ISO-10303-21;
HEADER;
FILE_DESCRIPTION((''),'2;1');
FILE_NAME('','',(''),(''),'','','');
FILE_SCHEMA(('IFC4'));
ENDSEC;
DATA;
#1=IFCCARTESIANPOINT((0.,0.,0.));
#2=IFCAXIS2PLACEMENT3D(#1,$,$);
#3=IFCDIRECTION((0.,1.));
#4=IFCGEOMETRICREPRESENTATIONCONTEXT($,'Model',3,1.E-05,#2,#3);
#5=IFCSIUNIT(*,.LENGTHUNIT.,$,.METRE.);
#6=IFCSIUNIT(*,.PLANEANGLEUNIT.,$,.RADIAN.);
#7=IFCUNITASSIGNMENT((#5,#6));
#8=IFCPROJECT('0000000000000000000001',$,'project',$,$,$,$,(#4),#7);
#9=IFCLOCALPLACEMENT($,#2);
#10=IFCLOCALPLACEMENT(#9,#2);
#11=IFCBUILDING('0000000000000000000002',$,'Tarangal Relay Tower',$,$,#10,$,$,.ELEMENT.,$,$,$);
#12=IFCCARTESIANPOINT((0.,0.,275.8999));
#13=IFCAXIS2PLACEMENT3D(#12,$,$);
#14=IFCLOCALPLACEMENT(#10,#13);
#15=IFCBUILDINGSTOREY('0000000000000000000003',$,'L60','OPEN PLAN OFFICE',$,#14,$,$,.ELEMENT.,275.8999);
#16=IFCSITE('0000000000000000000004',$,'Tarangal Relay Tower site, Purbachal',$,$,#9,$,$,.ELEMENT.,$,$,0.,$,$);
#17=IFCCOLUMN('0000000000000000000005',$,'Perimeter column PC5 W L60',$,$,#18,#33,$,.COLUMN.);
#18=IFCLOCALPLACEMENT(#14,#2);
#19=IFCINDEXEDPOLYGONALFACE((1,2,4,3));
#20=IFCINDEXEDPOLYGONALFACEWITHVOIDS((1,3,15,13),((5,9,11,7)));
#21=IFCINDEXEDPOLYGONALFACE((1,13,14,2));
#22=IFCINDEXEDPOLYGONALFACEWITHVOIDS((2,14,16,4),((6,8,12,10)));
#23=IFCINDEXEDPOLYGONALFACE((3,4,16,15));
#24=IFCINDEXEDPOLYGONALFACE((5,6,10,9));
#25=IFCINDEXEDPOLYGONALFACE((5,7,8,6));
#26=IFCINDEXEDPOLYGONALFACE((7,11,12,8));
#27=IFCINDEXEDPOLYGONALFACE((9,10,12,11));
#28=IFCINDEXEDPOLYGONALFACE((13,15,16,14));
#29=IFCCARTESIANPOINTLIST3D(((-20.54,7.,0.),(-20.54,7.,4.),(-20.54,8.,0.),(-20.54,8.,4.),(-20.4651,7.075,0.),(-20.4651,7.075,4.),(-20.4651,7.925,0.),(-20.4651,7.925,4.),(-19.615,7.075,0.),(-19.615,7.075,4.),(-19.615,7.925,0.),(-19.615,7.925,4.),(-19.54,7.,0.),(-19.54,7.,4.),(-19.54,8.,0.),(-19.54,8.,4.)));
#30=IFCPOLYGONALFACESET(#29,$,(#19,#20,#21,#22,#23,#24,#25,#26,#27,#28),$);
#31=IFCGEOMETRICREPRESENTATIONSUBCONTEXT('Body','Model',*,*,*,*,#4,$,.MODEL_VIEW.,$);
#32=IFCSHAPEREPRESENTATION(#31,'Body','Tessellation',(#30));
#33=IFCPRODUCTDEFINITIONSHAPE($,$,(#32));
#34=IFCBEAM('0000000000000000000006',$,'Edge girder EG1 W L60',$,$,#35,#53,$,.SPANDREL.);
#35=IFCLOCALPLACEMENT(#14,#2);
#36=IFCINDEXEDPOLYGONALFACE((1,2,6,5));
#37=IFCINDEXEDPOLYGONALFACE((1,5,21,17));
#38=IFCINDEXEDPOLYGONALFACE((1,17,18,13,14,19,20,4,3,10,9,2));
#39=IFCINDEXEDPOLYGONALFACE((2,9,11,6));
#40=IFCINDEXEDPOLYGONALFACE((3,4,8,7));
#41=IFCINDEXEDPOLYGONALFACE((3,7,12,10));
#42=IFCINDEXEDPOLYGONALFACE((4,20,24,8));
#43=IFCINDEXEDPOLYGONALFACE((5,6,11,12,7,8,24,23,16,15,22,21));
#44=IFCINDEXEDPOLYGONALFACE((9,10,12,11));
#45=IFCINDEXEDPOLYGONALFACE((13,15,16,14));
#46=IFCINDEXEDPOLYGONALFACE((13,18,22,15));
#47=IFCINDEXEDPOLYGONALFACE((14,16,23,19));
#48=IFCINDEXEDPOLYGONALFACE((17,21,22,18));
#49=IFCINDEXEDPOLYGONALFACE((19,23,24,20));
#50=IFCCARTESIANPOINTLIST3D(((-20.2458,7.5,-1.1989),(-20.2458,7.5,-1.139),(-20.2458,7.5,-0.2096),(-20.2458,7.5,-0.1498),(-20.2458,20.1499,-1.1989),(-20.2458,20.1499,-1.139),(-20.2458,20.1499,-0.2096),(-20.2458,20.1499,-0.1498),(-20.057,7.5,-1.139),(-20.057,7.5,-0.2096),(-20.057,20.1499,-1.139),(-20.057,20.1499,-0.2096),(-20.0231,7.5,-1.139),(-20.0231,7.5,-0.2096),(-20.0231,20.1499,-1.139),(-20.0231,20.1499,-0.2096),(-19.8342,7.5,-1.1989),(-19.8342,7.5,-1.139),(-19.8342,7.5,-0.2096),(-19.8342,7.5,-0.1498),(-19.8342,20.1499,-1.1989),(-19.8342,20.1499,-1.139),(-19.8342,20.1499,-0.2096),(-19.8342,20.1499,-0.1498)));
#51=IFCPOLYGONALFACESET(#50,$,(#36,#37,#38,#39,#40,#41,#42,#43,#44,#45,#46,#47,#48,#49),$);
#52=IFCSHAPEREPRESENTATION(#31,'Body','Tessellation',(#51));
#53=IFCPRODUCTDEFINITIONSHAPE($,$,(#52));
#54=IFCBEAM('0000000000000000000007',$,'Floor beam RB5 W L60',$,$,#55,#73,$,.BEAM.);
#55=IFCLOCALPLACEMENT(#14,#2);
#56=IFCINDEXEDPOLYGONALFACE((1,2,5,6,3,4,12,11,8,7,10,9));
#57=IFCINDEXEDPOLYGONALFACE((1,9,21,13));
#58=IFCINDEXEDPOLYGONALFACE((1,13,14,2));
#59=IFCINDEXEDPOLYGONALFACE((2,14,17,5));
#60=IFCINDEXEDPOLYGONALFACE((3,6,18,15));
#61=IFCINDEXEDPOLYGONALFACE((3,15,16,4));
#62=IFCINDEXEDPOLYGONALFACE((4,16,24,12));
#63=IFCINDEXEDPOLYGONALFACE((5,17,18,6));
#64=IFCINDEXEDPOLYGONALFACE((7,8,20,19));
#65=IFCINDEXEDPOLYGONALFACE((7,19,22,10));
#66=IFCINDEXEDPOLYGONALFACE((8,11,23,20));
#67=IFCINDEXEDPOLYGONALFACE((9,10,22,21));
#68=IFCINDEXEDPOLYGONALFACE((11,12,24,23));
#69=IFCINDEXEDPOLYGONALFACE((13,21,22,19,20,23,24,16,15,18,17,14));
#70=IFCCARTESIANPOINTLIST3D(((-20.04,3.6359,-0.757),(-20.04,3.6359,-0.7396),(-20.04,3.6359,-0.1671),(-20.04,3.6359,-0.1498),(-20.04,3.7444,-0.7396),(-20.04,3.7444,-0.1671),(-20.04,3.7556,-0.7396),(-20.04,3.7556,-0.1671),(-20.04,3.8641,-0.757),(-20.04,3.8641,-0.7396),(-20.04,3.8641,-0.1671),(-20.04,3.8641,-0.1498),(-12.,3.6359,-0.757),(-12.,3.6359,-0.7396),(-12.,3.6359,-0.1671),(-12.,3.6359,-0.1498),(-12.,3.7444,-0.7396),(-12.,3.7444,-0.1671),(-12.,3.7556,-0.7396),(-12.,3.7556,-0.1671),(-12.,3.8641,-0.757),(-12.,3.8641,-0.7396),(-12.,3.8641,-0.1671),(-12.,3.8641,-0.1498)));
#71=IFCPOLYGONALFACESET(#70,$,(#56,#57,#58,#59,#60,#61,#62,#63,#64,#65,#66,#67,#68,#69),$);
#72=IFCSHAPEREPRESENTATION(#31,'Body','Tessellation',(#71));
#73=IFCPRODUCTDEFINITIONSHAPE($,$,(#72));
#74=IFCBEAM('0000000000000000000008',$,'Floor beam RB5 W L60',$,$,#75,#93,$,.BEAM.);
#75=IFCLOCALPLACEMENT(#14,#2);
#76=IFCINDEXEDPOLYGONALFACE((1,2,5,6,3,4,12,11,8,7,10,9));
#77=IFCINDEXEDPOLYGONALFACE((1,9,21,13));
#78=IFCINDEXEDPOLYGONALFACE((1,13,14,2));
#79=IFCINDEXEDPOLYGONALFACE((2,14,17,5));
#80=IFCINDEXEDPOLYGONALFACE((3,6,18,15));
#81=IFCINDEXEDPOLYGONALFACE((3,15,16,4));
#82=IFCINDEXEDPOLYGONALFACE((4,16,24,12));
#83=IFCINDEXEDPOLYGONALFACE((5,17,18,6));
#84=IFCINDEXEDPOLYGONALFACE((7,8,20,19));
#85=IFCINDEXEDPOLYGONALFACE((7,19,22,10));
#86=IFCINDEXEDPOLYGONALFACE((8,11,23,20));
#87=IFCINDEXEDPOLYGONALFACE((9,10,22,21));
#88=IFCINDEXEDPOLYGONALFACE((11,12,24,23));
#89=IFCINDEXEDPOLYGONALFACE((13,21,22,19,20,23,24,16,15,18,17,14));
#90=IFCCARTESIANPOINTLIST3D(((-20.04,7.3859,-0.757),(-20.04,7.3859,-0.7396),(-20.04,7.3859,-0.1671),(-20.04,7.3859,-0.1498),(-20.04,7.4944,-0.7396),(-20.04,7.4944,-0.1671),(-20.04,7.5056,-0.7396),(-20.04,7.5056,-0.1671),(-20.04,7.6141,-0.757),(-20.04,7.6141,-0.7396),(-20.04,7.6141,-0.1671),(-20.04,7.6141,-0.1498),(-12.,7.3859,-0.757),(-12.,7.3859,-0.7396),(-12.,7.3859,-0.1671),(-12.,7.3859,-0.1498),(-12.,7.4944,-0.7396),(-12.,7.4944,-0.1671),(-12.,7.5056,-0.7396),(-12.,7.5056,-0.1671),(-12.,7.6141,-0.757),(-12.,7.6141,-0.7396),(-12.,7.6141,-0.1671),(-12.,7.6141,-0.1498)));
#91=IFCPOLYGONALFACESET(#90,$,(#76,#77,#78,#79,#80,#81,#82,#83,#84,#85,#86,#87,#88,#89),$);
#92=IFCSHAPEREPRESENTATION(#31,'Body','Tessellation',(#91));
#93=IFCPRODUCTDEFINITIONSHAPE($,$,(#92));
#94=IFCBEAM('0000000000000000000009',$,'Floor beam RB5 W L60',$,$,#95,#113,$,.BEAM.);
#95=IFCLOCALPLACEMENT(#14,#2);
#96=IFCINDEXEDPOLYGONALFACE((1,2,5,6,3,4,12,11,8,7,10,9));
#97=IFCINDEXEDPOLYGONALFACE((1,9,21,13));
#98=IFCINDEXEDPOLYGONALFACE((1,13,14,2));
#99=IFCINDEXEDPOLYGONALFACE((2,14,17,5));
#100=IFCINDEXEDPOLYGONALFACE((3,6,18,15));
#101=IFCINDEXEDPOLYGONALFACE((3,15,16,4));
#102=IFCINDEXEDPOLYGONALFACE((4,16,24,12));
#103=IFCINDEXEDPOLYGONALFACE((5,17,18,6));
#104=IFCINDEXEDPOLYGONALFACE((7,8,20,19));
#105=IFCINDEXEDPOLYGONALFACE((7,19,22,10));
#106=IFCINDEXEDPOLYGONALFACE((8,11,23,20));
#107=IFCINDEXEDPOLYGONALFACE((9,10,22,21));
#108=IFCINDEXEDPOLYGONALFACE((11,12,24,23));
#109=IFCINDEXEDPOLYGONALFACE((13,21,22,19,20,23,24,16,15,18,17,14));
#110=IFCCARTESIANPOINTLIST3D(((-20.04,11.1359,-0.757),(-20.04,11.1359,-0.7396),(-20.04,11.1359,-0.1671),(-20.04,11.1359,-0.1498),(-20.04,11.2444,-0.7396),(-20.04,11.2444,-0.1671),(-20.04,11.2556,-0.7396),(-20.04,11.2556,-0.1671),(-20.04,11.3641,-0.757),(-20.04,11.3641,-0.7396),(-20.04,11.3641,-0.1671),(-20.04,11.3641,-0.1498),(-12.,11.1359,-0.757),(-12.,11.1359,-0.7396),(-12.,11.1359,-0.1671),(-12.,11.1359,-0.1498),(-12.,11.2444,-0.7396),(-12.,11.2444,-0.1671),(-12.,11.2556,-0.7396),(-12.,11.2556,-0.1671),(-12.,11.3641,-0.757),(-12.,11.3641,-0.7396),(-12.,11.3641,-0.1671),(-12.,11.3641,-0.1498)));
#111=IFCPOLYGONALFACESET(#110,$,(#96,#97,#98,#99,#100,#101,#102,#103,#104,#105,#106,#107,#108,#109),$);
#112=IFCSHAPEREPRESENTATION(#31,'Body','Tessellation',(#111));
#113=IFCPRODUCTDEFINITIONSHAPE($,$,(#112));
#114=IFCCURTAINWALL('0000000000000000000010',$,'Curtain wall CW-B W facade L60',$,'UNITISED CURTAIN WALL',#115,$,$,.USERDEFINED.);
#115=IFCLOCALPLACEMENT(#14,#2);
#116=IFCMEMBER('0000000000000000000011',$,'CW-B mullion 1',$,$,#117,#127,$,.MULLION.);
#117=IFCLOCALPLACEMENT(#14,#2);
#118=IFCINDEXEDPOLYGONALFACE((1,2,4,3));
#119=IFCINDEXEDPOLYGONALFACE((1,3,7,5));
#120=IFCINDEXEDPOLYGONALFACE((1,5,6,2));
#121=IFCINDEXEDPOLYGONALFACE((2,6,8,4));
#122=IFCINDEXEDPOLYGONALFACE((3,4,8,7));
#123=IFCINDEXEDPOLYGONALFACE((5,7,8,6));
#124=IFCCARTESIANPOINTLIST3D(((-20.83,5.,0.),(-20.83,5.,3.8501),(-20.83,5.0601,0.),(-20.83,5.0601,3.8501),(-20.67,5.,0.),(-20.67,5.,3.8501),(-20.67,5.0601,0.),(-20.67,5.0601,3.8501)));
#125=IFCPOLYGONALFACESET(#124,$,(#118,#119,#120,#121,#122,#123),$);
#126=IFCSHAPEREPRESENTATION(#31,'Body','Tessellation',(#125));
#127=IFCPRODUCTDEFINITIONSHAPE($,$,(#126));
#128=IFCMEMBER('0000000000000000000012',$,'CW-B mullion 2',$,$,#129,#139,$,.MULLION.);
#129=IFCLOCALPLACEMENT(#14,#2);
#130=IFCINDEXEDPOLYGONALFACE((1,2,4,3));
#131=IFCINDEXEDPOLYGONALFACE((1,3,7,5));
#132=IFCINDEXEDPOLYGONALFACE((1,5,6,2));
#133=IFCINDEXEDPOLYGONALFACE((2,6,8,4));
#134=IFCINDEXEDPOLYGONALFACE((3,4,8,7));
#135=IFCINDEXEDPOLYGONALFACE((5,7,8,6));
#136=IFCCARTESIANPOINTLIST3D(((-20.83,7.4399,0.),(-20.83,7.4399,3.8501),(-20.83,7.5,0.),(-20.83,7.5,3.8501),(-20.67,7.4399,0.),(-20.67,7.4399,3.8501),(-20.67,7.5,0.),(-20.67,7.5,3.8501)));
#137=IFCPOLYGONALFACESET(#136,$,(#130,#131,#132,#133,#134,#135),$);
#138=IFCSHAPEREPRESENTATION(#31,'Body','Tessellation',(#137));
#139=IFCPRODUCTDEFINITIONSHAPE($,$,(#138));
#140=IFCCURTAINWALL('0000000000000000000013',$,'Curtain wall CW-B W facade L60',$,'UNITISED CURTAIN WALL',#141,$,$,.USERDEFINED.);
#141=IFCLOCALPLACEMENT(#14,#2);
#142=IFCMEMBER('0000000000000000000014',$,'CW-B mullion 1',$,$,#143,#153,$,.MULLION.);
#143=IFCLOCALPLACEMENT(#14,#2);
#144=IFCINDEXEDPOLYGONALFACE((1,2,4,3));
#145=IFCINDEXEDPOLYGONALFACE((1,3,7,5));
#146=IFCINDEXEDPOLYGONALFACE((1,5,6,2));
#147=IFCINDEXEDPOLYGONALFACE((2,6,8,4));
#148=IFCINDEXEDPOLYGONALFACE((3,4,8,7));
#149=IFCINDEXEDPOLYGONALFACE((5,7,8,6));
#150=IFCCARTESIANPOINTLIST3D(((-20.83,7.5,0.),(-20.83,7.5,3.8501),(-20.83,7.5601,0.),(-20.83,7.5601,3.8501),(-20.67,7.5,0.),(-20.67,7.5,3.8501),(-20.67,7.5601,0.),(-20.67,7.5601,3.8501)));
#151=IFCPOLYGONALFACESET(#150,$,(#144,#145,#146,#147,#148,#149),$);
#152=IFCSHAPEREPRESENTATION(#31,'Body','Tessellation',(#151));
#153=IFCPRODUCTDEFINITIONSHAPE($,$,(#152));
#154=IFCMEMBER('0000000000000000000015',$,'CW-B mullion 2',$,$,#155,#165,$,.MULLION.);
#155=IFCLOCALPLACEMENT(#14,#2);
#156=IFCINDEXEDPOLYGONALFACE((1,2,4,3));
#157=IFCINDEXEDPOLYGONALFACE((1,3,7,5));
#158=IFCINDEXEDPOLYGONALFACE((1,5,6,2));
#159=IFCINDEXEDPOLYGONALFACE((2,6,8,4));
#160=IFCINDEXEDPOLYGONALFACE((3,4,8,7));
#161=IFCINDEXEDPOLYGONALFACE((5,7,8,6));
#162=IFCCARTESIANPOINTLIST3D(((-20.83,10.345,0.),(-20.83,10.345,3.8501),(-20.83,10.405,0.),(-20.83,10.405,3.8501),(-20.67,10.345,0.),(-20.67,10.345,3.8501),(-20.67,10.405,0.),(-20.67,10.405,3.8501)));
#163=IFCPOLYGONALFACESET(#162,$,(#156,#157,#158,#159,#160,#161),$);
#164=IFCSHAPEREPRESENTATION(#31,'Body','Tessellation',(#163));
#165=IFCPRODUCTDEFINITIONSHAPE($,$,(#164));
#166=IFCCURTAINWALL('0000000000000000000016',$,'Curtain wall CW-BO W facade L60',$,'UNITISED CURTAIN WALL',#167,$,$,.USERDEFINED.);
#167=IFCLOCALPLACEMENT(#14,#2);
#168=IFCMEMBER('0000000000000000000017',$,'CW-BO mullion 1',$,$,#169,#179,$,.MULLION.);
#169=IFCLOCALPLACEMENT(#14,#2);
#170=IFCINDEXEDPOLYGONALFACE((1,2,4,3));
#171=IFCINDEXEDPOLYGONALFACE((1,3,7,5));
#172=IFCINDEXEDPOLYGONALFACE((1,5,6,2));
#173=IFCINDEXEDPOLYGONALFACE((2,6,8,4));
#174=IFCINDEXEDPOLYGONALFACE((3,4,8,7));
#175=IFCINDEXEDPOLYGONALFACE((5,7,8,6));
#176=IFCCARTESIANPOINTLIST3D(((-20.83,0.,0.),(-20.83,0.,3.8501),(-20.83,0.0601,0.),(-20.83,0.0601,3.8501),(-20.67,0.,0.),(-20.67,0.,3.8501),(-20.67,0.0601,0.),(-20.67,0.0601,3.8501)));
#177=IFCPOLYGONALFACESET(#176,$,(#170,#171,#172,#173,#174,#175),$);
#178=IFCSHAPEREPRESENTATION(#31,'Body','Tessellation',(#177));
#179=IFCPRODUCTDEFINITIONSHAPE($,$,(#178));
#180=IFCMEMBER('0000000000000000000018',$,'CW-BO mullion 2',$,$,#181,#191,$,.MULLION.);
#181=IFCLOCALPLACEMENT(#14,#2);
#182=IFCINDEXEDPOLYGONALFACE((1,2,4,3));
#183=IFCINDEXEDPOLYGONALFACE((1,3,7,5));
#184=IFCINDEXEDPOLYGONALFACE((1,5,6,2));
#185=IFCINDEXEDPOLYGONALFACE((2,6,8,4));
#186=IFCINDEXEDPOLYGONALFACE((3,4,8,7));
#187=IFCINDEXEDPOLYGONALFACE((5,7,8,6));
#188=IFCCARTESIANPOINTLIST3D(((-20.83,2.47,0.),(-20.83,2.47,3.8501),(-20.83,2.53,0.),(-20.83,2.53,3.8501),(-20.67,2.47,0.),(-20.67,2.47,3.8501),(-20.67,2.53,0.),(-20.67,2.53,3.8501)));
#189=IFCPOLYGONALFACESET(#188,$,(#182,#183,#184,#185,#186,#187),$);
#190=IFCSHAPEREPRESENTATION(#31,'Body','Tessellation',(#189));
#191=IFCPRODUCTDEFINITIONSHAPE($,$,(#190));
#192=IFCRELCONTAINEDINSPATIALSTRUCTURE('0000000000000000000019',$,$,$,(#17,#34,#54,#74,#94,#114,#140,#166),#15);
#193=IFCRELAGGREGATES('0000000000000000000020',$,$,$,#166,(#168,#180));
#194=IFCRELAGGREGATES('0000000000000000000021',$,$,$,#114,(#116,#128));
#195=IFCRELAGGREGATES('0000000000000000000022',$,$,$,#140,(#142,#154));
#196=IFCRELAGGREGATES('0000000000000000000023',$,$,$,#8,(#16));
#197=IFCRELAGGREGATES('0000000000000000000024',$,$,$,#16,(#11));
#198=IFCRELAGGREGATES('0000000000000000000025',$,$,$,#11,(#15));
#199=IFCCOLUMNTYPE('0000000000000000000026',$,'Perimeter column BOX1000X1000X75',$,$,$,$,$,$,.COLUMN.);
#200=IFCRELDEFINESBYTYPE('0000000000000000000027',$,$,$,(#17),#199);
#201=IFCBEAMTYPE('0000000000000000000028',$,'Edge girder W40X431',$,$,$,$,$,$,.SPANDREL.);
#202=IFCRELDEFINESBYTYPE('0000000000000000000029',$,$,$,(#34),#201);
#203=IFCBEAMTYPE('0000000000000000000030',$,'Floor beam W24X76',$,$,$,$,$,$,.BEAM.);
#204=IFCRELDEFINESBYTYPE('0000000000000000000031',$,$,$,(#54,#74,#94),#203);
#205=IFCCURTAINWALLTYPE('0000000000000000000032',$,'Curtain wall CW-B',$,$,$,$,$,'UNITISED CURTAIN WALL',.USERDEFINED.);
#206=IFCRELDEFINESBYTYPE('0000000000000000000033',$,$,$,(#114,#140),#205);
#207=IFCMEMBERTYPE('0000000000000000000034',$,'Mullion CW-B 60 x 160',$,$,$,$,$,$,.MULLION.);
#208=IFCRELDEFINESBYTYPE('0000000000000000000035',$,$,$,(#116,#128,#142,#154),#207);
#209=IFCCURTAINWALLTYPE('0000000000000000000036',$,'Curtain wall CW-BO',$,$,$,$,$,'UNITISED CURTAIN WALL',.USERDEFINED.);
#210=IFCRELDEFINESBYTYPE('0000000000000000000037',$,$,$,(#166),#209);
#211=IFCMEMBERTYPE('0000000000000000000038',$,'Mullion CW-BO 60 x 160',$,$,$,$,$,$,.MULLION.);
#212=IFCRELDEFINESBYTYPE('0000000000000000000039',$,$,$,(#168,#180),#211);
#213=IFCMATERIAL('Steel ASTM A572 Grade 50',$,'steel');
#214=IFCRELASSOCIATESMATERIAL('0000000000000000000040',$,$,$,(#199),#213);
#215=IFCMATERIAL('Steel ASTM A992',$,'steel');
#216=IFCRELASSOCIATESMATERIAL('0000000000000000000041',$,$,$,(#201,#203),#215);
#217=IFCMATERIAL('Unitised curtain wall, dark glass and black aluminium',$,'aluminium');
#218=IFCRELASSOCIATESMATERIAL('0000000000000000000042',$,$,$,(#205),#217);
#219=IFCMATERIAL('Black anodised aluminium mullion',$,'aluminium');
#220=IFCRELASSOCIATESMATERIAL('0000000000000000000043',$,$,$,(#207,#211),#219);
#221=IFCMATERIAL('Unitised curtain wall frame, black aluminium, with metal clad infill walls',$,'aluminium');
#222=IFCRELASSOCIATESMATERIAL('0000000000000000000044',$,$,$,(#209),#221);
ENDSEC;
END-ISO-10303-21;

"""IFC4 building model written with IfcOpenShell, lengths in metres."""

from ifc_helpers import new_model, si_unit, direction, frame, origin, origin_2d, place, context, subcontext, project, spatial, rectangle, hollow_rectangle, i_section, extrude, material, material_profile, profile_set, type_object, element, aggregate, save


model = new_model("IFC4")

# Units and contexts
model_context = context("Model", 3, precision=1e-05, world=origin(), true_north=direction((0.0, 1.0)))
body_context = subcontext(model_context, "Body", "Model", "MODEL_VIEW")
ifc_project = project(units=[si_unit("LENGTHUNIT", "METRE"), si_unit("PLANEANGLEUNIT", "RADIAN")], contexts=[model_context])

# Site, building, storey
site_placement = place(None, origin())
site = spatial("IfcSite", under=ifc_project, at=site_placement, Name="Tarangal Relay Tower site, Purbachal", CompositionType="ELEMENT", RefElevation=0.0)
building_placement = place(site_placement, origin())
building = spatial("IfcBuilding", under=site, at=building_placement, Name="Tarangal Relay Tower", CompositionType="ELEMENT")
storey_placement = place(building_placement, frame((0.0, 0.0, 275.8999)))
storey = spatial("IfcBuildingStorey", under=building, at=storey_placement, Name="L60", Description="OPEN PLAN OFFICE", CompositionType="ELEMENT", Elevation=275.8999)

# Column
ifc_material_1 = material(Name="Steel ASTM A572 Grade 50", Category="steel")
ifc_material_profile_1 = material_profile(ifc_material_1, hollow_rectangle(XDim=1.0, YDim=1.0, WallThickness=0.075, at=origin_2d()), Name="BOX1000X1000X75")
ifc_profile_set_1 = profile_set([ifc_material_profile_1], Name="Steel ASTM A572 Grade 50")
column_type = type_object("IfcColumnType", Name="Perimeter column BOX1000X1000X75", PredefinedType="COLUMN", material=ifc_profile_set_1)
column_placement = place(storey_placement, frame((-20.04, 7.5, 0.0), z_axis=(0.0, 0.0, 1.0), x_axis=(1.0, 0.0, 0.0)))
element("IfcColumn", 1, at=column_placement, inside=storey, type_object=column_type, Name="Perimeter column PC5 W L60", PredefinedType="COLUMN", context=body_context, shape_type="SweptSolid", body=[
    extrude(hollow_rectangle(XDim=1.0, YDim=1.0, WallThickness=0.075, at=origin_2d()), origin(), (0.0, 0.0, 1.0), 4.0),
])

# Beams
ifc_material_2 = material(Name="Steel ASTM A992", Category="steel")
ifc_material_profile_2 = material_profile(ifc_material_2, i_section(OverallWidth=0.4116, OverallDepth=1.0491, WebThickness=0.0339, FlangeThickness=0.0598, at=origin_2d()), Name="W40X431")
ifc_profile_set_2 = profile_set([ifc_material_profile_2], Name="Steel ASTM A992")
beam_type_1 = type_object("IfcBeamType", Name="Edge girder W40X431", PredefinedType="SPANDREL", material=ifc_profile_set_2)
beam_placement = place(storey_placement, frame((-20.04, 7.5, -0.6743), z_axis=(0.0, 1.0, 0.0), x_axis=(-1.0, 0.0, 0.0)))
element("IfcBeam", 2, at=beam_placement, inside=storey, type_object=beam_type_1, Name="Edge girder EG1 W L60", PredefinedType="SPANDREL", context=body_context, shape_type="SweptSolid", body=[
    extrude(i_section(OverallWidth=0.4116, OverallDepth=1.0491, WebThickness=0.0339, FlangeThickness=0.0598, at=origin_2d()), origin(), (0.0, 0.0, 1.0), 12.6499),
])
ifc_material_profile_3 = material_profile(ifc_material_2, i_section(OverallWidth=0.2283, OverallDepth=0.6072, WebThickness=0.0112, FlangeThickness=0.0173, at=origin_2d()), Name="W24X76")
ifc_profile_set_3 = profile_set([ifc_material_profile_3], Name="Steel ASTM A992")
beam_type_2 = type_object("IfcBeamType", Name="Floor beam W24X76", PredefinedType="BEAM", material=ifc_profile_set_3)
for number, where, z_axis, x_axis, name in (
    (3, (-12.0, 3.75, -0.4534), (-1.0, 0.0, 0.0), (0.0, -1.0, 0.0), "Floor beam RB5 W L60"),
    (4, (-12.0, 7.5, -0.4534), (-1.0, 0.0, 0.0), (0.0, -1.0, 0.0), "Floor beam RB5 W L60"),
    (5, (-12.0, 11.25, -0.4534), (-1.0, 0.0, 0.0), (0.0, -1.0, 0.0), "Floor beam RB5 W L60"),
):
    element("IfcBeam", number, at=place(storey_placement, frame(where, z_axis=z_axis, x_axis=x_axis)), inside=storey, type_object=beam_type_2, Name=name, PredefinedType="BEAM", context=body_context, shape_type="SweptSolid", body=[
        extrude(i_section(OverallWidth=0.2283, OverallDepth=0.6072, WebThickness=0.0112, FlangeThickness=0.0173, at=origin_2d()), origin(), (0.0, 0.0, 1.0), 8.04),
    ])

# Curtain walls, members
ifc_material_3 = material(Name="Unitised curtain wall, dark glass and black aluminium", Category="aluminium")
curtain_wall_type_1 = type_object("IfcCurtainWallType", Name="Curtain wall CW-B", ElementType="UNITISED CURTAIN WALL", PredefinedType="USERDEFINED", material=ifc_material_3)
curtain_wall_1_placement = place(storey_placement, origin())
curtain_wall_1 = element("IfcCurtainWall", 6, at=curtain_wall_1_placement, inside=storey, type_object=curtain_wall_type_1, Name="Curtain wall CW-B W facade L60", ObjectType="UNITISED CURTAIN WALL", PredefinedType="USERDEFINED")
ifc_material_4 = material(Name="Black anodised aluminium mullion", Category="aluminium")
ifc_material_profile_4 = material_profile(ifc_material_4, rectangle(XDim=0.1599, YDim=0.0601, at=origin_2d()), Name="CW-BM 60X160")
ifc_profile_set_4 = profile_set([ifc_material_profile_4], Name="Black anodised aluminium mullion")
member_type_1 = type_object("IfcMemberType", Name="Mullion CW-B 60 x 160", PredefinedType="MULLION", material=ifc_profile_set_4)
member_1_placement = place(storey_placement, frame((-20.75, 5.03, 0.0), z_axis=(0.0, 0.0, 1.0), x_axis=(-1.0, 0.0, 0.0)))
member_1 = element("IfcMember", 7, at=member_1_placement, type_object=member_type_1, Name="CW-B mullion 1", PredefinedType="MULLION", context=body_context, shape_type="SweptSolid", body=[
    extrude(rectangle(XDim=0.1599, YDim=0.0601, at=origin_2d()), origin(), (0.0, 0.0, 1.0), 3.8501),
])
member_2_placement = place(storey_placement, frame((-20.75, 7.47, 0.0), z_axis=(0.0, 0.0, 1.0), x_axis=(-1.0, 0.0, 0.0)))
member_2 = element("IfcMember", 8, at=member_2_placement, type_object=member_type_1, Name="CW-B mullion 2", PredefinedType="MULLION", context=body_context, shape_type="SweptSolid", body=[
    extrude(rectangle(XDim=0.1599, YDim=0.0601, at=origin_2d()), origin(), (0.0, 0.0, 1.0), 3.8501),
])
curtain_wall_2_placement = place(storey_placement, origin())
curtain_wall_2 = element("IfcCurtainWall", 9, at=curtain_wall_2_placement, inside=storey, type_object=curtain_wall_type_1, Name="Curtain wall CW-B W facade L60", ObjectType="UNITISED CURTAIN WALL", PredefinedType="USERDEFINED")
member_3_placement = place(storey_placement, frame((-20.75, 7.53, 0.0), z_axis=(0.0, 0.0, 1.0), x_axis=(-1.0, 0.0, 0.0)))
member_3 = element("IfcMember", 10, at=member_3_placement, type_object=member_type_1, Name="CW-B mullion 1", PredefinedType="MULLION", context=body_context, shape_type="SweptSolid", body=[
    extrude(rectangle(XDim=0.1599, YDim=0.0601, at=origin_2d()), origin(), (0.0, 0.0, 1.0), 3.8501),
])
member_4_placement = place(storey_placement, frame((-20.75, 10.375, 0.0), z_axis=(0.0, 0.0, 1.0), x_axis=(-1.0, 0.0, 0.0)))
member_4 = element("IfcMember", 11, at=member_4_placement, type_object=member_type_1, Name="CW-B mullion 2", PredefinedType="MULLION", context=body_context, shape_type="SweptSolid", body=[
    extrude(rectangle(XDim=0.1599, YDim=0.0601, at=origin_2d()), origin(), (0.0, 0.0, 1.0), 3.8501),
])
ifc_material_5 = material(Name="Unitised curtain wall frame, black aluminium, with metal clad infill walls", Category="aluminium")
curtain_wall_type_2 = type_object("IfcCurtainWallType", Name="Curtain wall CW-BO", ElementType="UNITISED CURTAIN WALL", PredefinedType="USERDEFINED", material=ifc_material_5)
curtain_wall_3_placement = place(storey_placement, origin())
curtain_wall_3 = element("IfcCurtainWall", 12, at=curtain_wall_3_placement, inside=storey, type_object=curtain_wall_type_2, Name="Curtain wall CW-BO W facade L60", ObjectType="UNITISED CURTAIN WALL", PredefinedType="USERDEFINED")
ifc_material_profile_5 = material_profile(ifc_material_4, rectangle(XDim=0.1599, YDim=0.0601, at=origin_2d()), Name="CW-BOM 60X160")
ifc_profile_set_5 = profile_set([ifc_material_profile_5], Name="Black anodised aluminium mullion")
member_type_2 = type_object("IfcMemberType", Name="Mullion CW-BO 60 x 160", PredefinedType="MULLION", material=ifc_profile_set_5)
member_5_placement = place(storey_placement, frame((-20.75, 0.03, 0.0), z_axis=(0.0, 0.0, 1.0), x_axis=(-1.0, 0.0, 0.0)))
member_5 = element("IfcMember", 13, at=member_5_placement, type_object=member_type_2, Name="CW-BO mullion 1", PredefinedType="MULLION", context=body_context, shape_type="SweptSolid", body=[
    extrude(rectangle(XDim=0.1599, YDim=0.0601, at=origin_2d()), origin(), (0.0, 0.0, 1.0), 3.8501),
])
member_6_placement = place(storey_placement, frame((-20.75, 2.5, 0.0), z_axis=(0.0, 0.0, 1.0), x_axis=(-1.0, 0.0, 0.0)))
member_6 = element("IfcMember", 14, at=member_6_placement, type_object=member_type_2, Name="CW-BO mullion 2", PredefinedType="MULLION", context=body_context, shape_type="SweptSolid", body=[
    extrude(rectangle(XDim=0.1599, YDim=0.0601, at=origin_2d()), origin(), (0.0, 0.0, 1.0), 3.8501),
])

aggregate(curtain_wall_3, [member_5, member_6])

aggregate(curtain_wall_1, [member_1, member_2])
aggregate(curtain_wall_2, [member_3, member_4])

save(model, "model.ifc")
